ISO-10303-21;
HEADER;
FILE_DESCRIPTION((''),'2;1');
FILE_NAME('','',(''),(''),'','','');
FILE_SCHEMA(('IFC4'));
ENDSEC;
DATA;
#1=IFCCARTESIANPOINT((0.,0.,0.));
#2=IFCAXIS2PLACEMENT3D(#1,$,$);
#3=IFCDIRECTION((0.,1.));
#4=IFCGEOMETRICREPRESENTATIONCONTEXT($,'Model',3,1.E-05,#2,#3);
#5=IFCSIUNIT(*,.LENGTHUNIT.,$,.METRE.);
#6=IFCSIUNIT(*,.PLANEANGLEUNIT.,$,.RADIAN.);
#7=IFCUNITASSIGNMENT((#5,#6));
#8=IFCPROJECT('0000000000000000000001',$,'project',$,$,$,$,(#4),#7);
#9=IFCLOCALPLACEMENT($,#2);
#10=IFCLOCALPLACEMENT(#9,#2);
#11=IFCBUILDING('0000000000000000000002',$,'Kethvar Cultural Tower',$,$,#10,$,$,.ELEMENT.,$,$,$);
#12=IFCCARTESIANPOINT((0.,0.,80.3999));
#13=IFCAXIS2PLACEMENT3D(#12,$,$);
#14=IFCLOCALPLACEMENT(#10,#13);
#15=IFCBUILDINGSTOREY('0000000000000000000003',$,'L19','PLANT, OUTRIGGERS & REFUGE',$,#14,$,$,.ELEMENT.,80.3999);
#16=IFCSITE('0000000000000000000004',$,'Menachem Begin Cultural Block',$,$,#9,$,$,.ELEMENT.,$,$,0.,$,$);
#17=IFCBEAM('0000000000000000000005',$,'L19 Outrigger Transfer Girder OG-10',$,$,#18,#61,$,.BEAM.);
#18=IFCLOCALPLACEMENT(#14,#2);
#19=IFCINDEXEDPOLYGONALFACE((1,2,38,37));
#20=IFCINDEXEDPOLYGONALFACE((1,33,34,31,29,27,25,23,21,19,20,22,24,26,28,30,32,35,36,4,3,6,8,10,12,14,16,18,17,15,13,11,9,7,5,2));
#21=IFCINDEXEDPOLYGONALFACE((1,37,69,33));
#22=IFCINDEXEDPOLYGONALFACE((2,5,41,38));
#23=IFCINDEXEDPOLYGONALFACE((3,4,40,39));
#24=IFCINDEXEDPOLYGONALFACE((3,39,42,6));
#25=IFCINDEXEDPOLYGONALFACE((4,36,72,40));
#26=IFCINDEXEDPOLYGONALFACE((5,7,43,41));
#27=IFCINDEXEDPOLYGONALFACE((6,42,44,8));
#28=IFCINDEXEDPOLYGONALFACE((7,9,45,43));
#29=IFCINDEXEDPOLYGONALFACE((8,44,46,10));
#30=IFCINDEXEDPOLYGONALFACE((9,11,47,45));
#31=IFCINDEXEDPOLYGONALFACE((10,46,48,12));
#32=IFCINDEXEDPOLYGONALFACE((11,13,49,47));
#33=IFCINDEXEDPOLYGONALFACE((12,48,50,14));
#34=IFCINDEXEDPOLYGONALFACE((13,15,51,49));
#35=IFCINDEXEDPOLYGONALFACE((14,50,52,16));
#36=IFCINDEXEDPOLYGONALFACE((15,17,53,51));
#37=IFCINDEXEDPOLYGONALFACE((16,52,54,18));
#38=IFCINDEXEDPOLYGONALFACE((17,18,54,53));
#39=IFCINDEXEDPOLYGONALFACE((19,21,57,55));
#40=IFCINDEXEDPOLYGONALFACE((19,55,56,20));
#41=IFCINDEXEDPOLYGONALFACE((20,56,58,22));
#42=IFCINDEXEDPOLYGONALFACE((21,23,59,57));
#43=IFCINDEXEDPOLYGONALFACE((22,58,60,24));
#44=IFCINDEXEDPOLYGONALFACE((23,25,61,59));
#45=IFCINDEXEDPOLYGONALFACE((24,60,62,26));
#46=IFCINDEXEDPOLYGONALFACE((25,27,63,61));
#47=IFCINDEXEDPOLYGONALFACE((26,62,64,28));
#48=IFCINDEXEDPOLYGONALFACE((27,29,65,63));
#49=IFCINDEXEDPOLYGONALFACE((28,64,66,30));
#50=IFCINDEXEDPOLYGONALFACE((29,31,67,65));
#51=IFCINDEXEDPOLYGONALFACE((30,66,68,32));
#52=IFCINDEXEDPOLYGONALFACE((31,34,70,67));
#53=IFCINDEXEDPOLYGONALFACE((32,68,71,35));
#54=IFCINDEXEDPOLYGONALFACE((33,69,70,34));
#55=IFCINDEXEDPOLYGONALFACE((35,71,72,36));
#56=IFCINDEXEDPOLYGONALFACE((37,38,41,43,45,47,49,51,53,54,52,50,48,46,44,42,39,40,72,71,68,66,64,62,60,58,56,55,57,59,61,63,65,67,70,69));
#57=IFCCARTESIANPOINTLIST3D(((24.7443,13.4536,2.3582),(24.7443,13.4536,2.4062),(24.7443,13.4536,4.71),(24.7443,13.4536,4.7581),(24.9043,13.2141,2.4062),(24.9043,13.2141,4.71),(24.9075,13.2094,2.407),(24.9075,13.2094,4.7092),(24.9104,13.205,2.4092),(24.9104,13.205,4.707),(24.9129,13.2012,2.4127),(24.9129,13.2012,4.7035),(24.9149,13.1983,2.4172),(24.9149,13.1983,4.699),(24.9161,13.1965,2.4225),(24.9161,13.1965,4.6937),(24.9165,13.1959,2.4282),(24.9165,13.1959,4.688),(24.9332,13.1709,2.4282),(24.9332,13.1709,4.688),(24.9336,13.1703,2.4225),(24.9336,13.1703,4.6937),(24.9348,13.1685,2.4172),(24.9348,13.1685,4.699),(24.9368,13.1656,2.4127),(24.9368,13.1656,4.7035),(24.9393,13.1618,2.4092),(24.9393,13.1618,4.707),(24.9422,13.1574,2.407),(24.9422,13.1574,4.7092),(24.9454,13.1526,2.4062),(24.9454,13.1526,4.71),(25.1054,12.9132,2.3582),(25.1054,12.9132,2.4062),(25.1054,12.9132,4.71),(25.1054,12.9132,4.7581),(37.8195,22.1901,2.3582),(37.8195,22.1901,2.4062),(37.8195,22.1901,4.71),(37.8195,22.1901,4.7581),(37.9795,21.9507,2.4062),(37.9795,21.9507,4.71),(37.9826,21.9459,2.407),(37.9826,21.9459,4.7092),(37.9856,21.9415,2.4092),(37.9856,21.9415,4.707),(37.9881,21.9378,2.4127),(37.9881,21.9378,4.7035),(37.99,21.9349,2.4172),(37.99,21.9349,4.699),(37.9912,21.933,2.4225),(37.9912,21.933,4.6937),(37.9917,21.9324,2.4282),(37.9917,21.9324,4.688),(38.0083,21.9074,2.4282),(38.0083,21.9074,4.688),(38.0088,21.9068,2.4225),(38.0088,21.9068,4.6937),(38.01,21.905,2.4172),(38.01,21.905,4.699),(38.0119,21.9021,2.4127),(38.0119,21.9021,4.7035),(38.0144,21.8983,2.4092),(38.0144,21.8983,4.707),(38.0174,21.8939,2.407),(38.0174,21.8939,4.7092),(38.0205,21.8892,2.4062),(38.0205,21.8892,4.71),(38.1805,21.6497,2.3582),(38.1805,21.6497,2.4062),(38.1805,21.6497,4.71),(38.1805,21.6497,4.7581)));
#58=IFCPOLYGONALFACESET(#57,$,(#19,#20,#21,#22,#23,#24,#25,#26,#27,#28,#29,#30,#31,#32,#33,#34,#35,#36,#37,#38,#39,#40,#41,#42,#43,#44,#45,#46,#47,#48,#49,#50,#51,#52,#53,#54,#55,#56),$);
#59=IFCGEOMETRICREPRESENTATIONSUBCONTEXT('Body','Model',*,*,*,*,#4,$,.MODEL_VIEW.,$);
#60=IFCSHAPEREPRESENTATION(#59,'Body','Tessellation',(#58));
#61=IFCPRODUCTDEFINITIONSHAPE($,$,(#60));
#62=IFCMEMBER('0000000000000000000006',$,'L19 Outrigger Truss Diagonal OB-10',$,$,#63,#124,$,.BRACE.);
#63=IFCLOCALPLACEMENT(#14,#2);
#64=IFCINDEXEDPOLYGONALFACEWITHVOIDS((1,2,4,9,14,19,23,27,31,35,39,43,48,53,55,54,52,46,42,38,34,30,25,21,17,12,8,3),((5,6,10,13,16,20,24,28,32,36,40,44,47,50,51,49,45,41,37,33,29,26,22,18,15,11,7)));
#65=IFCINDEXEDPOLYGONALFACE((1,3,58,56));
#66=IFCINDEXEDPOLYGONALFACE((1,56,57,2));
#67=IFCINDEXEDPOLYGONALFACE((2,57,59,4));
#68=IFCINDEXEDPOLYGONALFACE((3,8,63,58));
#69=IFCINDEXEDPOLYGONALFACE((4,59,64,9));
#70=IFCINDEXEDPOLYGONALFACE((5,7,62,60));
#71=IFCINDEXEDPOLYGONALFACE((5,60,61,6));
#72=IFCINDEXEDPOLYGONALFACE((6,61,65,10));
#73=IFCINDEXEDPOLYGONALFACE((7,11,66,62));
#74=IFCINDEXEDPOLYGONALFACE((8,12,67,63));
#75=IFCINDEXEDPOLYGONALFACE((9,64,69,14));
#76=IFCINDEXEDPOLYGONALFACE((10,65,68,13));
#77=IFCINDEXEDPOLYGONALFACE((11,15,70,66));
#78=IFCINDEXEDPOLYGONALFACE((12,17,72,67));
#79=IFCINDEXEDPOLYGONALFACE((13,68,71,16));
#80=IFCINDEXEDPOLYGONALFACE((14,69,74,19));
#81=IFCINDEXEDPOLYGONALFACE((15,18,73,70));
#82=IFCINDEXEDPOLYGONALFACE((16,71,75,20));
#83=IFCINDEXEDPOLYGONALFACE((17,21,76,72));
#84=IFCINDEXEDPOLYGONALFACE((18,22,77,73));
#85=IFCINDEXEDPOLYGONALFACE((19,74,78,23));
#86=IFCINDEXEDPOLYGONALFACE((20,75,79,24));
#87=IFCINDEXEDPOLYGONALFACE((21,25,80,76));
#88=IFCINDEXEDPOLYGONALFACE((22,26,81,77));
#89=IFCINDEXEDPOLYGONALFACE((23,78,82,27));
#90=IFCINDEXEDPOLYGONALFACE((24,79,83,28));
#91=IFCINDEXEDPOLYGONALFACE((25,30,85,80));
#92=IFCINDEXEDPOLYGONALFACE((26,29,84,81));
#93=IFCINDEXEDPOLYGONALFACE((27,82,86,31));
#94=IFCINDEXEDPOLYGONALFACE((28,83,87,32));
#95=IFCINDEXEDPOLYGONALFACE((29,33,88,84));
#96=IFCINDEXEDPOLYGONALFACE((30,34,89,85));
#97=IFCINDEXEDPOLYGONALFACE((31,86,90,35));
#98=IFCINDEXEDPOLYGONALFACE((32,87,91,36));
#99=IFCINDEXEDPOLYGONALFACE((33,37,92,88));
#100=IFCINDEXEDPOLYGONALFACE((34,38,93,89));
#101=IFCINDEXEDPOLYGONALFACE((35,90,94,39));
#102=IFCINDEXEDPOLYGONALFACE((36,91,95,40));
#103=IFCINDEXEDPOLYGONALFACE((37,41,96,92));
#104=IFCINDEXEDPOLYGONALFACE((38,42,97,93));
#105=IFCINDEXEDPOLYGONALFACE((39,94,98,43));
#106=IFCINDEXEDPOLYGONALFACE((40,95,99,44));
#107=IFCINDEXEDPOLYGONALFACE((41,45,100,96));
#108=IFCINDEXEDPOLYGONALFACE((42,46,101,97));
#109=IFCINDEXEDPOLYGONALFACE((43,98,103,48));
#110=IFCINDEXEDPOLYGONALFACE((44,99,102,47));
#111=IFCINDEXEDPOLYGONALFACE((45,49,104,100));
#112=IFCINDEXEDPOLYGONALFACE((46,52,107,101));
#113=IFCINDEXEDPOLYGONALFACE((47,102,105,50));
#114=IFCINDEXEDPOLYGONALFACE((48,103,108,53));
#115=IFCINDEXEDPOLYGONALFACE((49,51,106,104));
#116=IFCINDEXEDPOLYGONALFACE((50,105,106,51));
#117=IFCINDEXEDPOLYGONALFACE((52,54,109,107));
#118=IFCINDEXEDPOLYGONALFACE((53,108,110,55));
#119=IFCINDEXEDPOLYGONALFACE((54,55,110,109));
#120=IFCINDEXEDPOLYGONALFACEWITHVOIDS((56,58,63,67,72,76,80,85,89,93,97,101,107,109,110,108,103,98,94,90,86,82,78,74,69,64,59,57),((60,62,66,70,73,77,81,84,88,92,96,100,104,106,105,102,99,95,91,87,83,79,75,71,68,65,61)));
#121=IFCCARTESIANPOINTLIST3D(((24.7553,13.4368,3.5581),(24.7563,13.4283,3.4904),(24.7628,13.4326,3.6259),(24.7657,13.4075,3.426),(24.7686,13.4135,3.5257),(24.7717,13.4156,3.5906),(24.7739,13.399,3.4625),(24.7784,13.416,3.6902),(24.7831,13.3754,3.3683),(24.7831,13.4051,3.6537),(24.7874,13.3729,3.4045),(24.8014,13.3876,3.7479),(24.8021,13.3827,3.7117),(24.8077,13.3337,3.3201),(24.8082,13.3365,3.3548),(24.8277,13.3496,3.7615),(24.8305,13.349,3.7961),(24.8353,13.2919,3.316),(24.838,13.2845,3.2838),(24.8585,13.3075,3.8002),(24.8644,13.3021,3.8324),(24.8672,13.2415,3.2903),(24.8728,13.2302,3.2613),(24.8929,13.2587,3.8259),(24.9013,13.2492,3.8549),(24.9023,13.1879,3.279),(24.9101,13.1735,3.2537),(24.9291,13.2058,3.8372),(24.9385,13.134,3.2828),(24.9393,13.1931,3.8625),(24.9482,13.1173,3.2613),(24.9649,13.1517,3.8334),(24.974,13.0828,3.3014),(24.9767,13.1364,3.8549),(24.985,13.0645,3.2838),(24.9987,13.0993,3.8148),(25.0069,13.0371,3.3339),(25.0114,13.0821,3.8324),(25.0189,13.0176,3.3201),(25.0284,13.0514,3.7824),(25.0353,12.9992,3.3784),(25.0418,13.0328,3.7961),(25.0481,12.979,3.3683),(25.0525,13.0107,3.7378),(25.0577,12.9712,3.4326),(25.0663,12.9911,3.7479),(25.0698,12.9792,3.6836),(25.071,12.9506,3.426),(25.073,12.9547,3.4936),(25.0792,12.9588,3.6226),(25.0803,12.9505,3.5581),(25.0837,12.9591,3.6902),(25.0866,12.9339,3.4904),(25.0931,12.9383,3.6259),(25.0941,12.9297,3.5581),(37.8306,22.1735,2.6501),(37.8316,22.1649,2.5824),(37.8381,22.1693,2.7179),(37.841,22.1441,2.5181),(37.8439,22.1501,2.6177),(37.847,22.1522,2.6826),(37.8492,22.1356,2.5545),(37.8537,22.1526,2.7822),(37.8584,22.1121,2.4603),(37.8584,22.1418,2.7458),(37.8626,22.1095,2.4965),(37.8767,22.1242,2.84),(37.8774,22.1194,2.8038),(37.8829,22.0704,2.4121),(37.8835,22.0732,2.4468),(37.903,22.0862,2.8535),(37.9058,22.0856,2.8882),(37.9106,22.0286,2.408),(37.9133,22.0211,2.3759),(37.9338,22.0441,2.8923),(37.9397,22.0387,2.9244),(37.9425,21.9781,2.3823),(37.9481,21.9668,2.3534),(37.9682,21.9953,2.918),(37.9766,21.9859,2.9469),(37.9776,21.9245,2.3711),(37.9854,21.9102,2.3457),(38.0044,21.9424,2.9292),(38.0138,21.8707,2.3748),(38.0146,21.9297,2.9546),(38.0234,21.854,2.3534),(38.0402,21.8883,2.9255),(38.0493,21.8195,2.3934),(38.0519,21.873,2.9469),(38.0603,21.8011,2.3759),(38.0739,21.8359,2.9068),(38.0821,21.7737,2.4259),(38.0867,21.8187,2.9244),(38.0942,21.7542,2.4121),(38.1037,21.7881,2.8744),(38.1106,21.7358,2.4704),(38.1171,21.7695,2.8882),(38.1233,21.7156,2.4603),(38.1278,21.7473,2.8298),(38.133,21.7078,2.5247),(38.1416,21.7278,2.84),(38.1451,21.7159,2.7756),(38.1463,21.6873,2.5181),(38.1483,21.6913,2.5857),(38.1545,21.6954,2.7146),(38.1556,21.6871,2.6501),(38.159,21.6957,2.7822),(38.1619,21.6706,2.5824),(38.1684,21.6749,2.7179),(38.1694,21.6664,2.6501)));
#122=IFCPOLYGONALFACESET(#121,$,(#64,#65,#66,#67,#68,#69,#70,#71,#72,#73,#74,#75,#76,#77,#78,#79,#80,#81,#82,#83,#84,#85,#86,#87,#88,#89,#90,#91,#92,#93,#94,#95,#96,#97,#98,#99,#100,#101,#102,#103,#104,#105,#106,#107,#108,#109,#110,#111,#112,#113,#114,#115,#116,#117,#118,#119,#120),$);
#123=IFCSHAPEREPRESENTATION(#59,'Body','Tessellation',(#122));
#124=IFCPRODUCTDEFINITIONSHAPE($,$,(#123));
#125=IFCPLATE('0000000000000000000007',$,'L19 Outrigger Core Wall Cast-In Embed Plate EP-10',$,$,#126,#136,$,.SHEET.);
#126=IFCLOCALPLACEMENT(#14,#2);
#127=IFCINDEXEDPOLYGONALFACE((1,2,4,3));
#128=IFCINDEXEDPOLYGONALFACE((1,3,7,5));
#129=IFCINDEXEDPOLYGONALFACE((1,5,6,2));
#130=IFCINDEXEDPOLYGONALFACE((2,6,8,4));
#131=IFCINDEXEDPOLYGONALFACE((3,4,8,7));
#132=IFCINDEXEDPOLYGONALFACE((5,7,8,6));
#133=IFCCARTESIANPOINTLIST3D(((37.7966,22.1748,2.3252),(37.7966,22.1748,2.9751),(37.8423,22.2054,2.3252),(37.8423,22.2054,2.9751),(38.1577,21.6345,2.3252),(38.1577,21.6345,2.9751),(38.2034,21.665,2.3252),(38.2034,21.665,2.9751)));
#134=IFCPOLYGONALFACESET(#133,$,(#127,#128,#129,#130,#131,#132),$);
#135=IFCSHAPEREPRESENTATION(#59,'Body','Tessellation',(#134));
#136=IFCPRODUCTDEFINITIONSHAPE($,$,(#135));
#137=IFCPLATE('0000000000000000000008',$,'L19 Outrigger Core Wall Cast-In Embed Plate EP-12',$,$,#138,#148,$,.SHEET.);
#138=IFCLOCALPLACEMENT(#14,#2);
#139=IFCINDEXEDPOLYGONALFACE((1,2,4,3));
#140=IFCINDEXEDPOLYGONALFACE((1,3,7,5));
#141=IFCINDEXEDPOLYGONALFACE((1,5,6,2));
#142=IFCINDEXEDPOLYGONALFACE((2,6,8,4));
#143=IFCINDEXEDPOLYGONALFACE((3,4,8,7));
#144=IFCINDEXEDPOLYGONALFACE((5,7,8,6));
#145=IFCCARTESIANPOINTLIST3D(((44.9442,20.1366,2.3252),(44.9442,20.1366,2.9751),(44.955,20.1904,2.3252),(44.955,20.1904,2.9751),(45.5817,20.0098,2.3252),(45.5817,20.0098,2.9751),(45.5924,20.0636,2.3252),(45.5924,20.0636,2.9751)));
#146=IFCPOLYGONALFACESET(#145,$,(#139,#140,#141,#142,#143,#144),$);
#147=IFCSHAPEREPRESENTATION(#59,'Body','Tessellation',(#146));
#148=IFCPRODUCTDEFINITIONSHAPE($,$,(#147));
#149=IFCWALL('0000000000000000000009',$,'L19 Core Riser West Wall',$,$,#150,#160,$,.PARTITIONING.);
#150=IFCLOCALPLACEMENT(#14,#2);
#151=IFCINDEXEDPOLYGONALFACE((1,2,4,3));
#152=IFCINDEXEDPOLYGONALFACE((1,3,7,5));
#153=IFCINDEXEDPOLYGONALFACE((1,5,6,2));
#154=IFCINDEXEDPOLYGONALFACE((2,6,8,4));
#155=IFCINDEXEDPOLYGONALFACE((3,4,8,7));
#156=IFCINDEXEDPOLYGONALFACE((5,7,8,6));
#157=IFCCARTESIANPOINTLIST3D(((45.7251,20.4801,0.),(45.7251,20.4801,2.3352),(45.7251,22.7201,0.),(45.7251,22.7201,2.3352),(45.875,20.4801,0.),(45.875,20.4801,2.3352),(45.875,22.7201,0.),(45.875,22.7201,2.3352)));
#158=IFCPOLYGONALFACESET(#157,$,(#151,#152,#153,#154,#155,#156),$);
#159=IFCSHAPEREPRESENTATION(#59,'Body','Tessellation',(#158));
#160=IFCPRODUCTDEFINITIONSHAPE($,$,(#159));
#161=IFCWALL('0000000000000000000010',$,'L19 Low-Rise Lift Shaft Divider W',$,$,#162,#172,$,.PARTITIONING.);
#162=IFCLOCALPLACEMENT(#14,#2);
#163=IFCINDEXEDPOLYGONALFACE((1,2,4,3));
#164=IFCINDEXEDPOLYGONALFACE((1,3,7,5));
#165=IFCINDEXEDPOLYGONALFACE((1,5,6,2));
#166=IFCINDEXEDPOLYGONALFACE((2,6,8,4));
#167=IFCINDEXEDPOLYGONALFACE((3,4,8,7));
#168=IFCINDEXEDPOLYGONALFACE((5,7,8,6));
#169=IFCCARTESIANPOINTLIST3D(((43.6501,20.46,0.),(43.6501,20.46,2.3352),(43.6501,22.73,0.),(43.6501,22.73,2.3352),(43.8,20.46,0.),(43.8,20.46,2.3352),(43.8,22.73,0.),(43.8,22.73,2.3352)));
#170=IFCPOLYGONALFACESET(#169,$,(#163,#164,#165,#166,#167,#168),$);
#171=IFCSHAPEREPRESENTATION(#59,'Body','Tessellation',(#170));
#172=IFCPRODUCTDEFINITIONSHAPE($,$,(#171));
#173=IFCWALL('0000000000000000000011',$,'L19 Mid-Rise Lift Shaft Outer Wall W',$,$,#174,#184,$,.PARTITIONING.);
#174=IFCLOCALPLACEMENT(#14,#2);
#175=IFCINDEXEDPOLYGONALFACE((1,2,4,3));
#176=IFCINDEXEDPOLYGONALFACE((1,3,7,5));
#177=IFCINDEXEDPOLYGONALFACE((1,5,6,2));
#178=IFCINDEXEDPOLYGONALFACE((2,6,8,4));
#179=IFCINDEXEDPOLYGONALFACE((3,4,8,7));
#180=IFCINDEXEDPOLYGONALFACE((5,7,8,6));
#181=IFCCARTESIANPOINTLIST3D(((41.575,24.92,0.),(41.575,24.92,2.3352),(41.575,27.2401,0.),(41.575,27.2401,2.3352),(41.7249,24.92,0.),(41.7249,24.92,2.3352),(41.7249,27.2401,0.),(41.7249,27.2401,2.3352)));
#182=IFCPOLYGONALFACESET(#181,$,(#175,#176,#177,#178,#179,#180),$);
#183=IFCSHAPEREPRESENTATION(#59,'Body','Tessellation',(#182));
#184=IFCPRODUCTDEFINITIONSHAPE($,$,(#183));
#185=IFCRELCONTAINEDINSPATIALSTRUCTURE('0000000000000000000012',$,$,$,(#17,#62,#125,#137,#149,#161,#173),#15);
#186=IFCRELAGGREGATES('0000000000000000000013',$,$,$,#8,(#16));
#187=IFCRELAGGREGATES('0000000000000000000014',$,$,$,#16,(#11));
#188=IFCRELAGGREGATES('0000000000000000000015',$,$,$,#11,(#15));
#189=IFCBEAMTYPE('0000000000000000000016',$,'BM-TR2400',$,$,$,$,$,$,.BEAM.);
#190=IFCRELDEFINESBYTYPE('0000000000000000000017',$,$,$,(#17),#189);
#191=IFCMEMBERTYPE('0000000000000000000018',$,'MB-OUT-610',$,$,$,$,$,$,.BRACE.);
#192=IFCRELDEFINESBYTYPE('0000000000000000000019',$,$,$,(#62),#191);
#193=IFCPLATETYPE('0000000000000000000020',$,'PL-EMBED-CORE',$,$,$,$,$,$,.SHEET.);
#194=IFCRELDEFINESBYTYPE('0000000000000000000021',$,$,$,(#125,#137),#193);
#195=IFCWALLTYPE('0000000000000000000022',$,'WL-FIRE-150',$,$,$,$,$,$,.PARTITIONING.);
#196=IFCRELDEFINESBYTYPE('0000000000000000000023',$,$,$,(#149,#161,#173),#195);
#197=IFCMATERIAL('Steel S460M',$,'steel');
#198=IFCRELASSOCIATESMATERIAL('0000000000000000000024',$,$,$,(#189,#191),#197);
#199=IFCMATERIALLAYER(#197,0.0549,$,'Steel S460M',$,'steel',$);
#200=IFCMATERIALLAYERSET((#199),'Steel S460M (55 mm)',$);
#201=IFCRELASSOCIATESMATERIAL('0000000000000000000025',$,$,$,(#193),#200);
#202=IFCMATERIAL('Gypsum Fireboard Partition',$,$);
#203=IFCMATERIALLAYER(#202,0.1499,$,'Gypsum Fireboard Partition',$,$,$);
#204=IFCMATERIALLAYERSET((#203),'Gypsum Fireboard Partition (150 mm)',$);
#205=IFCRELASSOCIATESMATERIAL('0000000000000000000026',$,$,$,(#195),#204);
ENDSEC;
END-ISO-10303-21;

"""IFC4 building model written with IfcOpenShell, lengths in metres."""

from ifc_helpers import new_model, si_unit, direction, frame, frame_2d, origin, origin_2d, place, context, subcontext, project, spatial, rectangle, hollow_circle, i_section, extrude, source, transform, mapped, material, layer, layer_set, material_profile, profile_set, type_object, element, save


model = new_model("IFC4")

# Units and contexts
model_context = context("Model", 3, precision=1e-05, world=origin(), true_north=direction((0.0, 1.0)))
body_context = subcontext(model_context, "Body", "Model", "MODEL_VIEW")
ifc_project = project(units=[si_unit("LENGTHUNIT", "METRE"), si_unit("PLANEANGLEUNIT", "RADIAN")], contexts=[model_context])

# Site, building, storey
site_placement = place(None, origin())
site = spatial("IfcSite", under=ifc_project, at=site_placement, Name="Menachem Begin Cultural Block", CompositionType="ELEMENT", RefElevation=0.0)
building_placement = place(site_placement, origin())
building = spatial("IfcBuilding", under=site, at=building_placement, Name="Kethvar Cultural Tower", CompositionType="ELEMENT")
storey_placement = place(building_placement, frame((0.0, 0.0, 80.3999)))
storey = spatial("IfcBuildingStorey", under=building, at=storey_placement, Name="L19", Description="PLANT, OUTRIGGERS & REFUGE", CompositionType="ELEMENT", Elevation=80.3999)

# Beam
ifc_material_1 = material(Name="Steel S460M", Category="steel")
ifc_material_profile_1 = material_profile(ifc_material_1, i_section(OverallWidth=0.6499, OverallDepth=2.3999, WebThickness=0.03, FlangeThickness=0.0481, FilletRadius=0.022, at=origin_2d()), Name="Steel S460M — PG2400x650x48x30")
ifc_profile_set_1 = profile_set([ifc_material_profile_1], Name="Steel S460M — PG2400x650x48x30")
beam_type = type_object("IfcBeamType", Name="BM-TR2400", PredefinedType="BEAM", material=ifc_profile_set_1)
shared_shape_1 = source(origin(), body_context, "Body", "SweptSolid", [
    extrude(i_section(OverallWidth=0.6499, OverallDepth=2.3999, WebThickness=0.03, FlangeThickness=0.0481, FilletRadius=0.022, at=origin_2d()), origin(), (0.0, 0.0, 1.0), 15.7253),
])
beam_placement = place(storey_placement, frame((38.0, 21.9199, 3.5581), z_axis=(-0.831469, -0.55557, 0.0), x_axis=(0.55557, -0.831469, 0.0)))
element("IfcBeam", 1, at=beam_placement, inside=storey, type_object=beam_type, Name="L19 Outrigger Transfer Girder OG-10", PredefinedType="BEAM", context=body_context, shape_type="MappedRepresentation", body=[
    mapped(shared_shape_1, transform((0.0, 0.0, 0.0), scale=1.0)),
])

# Member
ifc_material_profile_2 = material_profile(ifc_material_1, hollow_circle(Radius=0.3049, WallThickness=0.0249, at=origin_2d()), Name="Steel S460M — CHS610x25")
ifc_profile_set_2 = profile_set([ifc_material_profile_2], Name="Steel S460M — CHS610x25")
member_type = type_object("IfcMemberType", Name="MB-OUT-610", PredefinedType="BRACE", material=ifc_profile_set_2)
shared_shape_2 = source(origin(), body_context, "Body", "SweptSolid", [
    extrude(hollow_circle(Radius=0.3049, WallThickness=0.0249, at=origin_2d()), origin(), (0.0, 0.0, 1.0), 15.7517),
])
member_placement = place(storey_placement, frame((38.0, 21.9199, 2.6501), z_axis=(-0.830087, -0.554647, 0.057642), x_axis=(0.55557, -0.831469, 0.0)))
element("IfcMember", 2, at=member_placement, inside=storey, type_object=member_type, Name="L19 Outrigger Truss Diagonal OB-10", PredefinedType="BRACE", context=body_context, shape_type="MappedRepresentation", body=[
    mapped(shared_shape_2, transform((0.0, 0.0, 0.0), scale=1.0)),
])

# Plates
ifc_layer_1 = layer(ifc_material_1, 0.0549, Name="Steel S460M", Category="steel")
ifc_layer_set_1 = layer_set([ifc_layer_1], Name="Steel S460M (55 mm)")
plate_type = type_object("IfcPlateType", Name="PL-EMBED-CORE", PredefinedType="SHEET", material=ifc_layer_set_1)
shared_shape_3 = source(origin(), body_context, "Body", "SweptSolid", [
    extrude(rectangle(XDim=0.0549, YDim=0.6499, at=origin_2d()), origin(), (0.0, 0.0, 1.0), 0.6499),
])
for number, where, z_axis, x_axis, name in (
    (3, (38.0, 21.9199, 2.3252), (0.0, 0.0, 1.0), (-0.83147, -0.55557, 0.0), "L19 Outrigger Core Wall Cast-In Embed Plate EP-10"),
    (4, (45.2683, 20.1001, 2.3252), (0.0, 0.0, 1.0), (-0.19509, -0.980785, 0.0), "L19 Outrigger Core Wall Cast-In Embed Plate EP-12"),
):
    element("IfcPlate", number, at=place(storey_placement, frame(where, z_axis=z_axis, x_axis=x_axis)), inside=storey, type_object=plate_type, Name=name, PredefinedType="SHEET", context=body_context, shape_type="MappedRepresentation", body=[
        mapped(shared_shape_3, transform((0.0, 0.0, 0.0), scale=1.0)),
    ])

# Shared definitions
ifc_material_2 = material(Name="Gypsum Fireboard Partition")
ifc_layer_2 = layer(ifc_material_2, 0.1499, Name="Gypsum Fireboard Partition")
ifc_layer_set_2 = layer_set([ifc_layer_2], Name="Gypsum Fireboard Partition (150 mm)")
wall_type_1 = type_object("IfcWallType", Name="WL-FIRE-150", PredefinedType="PARTITIONING", material=ifc_layer_set_2)

# Walls
wall_1_placement = place(storey_placement, frame((45.8, 20.48, 0.0), z_axis=(0.0, 0.0, 1.0), x_axis=(0.0, 1.0, 0.0)))
element("IfcWall", 5, at=wall_1_placement, inside=storey, type_object=wall_type_1, Name="L19 Core Riser West Wall", PredefinedType="PARTITIONING", context=body_context, shape_type="SweptSolid", body=[
    extrude(rectangle(XDim=2.24, YDim=0.1499, at=frame_2d((1.1201, 0.0))), origin(), (0.0, 0.0, 1.0), 2.3352),
])
wall_2_placement = place(storey_placement, frame((43.7251, 20.46, 0.0), z_axis=(0.0, 0.0, 1.0), x_axis=(0.0, 1.0, 0.0)))
element("IfcWall", 6, at=wall_2_placement, inside=storey, type_object=wall_type_1, Name="L19 Low-Rise Lift Shaft Divider W", PredefinedType="PARTITIONING", context=body_context, shape_type="SweptSolid", body=[
    extrude(rectangle(XDim=2.27, YDim=0.1499, at=frame_2d((1.135, 0.0))), origin(), (0.0, 0.0, 1.0), 2.3352),
])
for number, where, z_axis, x_axis, name in (
    (7, (41.6499, 24.9199, 0.0), (0.0, 0.0, 1.0), (0.0, 1.0, 0.0), "L19 Mid-Rise Lift Shaft Outer Wall W"),
):
    element("IfcWall", number, at=place(storey_placement, frame(where, z_axis=z_axis, x_axis=x_axis)), inside=storey, type_object=wall_type_1, Name=name, PredefinedType="PARTITIONING", context=body_context, shape_type="SweptSolid", body=[
        extrude(rectangle(XDim=2.3201, YDim=0.1499, at=frame_2d((1.1602, 0.0))), origin(), (0.0, 0.0, 1.0), 2.3352),
    ])

save(model, "model.ifc")
